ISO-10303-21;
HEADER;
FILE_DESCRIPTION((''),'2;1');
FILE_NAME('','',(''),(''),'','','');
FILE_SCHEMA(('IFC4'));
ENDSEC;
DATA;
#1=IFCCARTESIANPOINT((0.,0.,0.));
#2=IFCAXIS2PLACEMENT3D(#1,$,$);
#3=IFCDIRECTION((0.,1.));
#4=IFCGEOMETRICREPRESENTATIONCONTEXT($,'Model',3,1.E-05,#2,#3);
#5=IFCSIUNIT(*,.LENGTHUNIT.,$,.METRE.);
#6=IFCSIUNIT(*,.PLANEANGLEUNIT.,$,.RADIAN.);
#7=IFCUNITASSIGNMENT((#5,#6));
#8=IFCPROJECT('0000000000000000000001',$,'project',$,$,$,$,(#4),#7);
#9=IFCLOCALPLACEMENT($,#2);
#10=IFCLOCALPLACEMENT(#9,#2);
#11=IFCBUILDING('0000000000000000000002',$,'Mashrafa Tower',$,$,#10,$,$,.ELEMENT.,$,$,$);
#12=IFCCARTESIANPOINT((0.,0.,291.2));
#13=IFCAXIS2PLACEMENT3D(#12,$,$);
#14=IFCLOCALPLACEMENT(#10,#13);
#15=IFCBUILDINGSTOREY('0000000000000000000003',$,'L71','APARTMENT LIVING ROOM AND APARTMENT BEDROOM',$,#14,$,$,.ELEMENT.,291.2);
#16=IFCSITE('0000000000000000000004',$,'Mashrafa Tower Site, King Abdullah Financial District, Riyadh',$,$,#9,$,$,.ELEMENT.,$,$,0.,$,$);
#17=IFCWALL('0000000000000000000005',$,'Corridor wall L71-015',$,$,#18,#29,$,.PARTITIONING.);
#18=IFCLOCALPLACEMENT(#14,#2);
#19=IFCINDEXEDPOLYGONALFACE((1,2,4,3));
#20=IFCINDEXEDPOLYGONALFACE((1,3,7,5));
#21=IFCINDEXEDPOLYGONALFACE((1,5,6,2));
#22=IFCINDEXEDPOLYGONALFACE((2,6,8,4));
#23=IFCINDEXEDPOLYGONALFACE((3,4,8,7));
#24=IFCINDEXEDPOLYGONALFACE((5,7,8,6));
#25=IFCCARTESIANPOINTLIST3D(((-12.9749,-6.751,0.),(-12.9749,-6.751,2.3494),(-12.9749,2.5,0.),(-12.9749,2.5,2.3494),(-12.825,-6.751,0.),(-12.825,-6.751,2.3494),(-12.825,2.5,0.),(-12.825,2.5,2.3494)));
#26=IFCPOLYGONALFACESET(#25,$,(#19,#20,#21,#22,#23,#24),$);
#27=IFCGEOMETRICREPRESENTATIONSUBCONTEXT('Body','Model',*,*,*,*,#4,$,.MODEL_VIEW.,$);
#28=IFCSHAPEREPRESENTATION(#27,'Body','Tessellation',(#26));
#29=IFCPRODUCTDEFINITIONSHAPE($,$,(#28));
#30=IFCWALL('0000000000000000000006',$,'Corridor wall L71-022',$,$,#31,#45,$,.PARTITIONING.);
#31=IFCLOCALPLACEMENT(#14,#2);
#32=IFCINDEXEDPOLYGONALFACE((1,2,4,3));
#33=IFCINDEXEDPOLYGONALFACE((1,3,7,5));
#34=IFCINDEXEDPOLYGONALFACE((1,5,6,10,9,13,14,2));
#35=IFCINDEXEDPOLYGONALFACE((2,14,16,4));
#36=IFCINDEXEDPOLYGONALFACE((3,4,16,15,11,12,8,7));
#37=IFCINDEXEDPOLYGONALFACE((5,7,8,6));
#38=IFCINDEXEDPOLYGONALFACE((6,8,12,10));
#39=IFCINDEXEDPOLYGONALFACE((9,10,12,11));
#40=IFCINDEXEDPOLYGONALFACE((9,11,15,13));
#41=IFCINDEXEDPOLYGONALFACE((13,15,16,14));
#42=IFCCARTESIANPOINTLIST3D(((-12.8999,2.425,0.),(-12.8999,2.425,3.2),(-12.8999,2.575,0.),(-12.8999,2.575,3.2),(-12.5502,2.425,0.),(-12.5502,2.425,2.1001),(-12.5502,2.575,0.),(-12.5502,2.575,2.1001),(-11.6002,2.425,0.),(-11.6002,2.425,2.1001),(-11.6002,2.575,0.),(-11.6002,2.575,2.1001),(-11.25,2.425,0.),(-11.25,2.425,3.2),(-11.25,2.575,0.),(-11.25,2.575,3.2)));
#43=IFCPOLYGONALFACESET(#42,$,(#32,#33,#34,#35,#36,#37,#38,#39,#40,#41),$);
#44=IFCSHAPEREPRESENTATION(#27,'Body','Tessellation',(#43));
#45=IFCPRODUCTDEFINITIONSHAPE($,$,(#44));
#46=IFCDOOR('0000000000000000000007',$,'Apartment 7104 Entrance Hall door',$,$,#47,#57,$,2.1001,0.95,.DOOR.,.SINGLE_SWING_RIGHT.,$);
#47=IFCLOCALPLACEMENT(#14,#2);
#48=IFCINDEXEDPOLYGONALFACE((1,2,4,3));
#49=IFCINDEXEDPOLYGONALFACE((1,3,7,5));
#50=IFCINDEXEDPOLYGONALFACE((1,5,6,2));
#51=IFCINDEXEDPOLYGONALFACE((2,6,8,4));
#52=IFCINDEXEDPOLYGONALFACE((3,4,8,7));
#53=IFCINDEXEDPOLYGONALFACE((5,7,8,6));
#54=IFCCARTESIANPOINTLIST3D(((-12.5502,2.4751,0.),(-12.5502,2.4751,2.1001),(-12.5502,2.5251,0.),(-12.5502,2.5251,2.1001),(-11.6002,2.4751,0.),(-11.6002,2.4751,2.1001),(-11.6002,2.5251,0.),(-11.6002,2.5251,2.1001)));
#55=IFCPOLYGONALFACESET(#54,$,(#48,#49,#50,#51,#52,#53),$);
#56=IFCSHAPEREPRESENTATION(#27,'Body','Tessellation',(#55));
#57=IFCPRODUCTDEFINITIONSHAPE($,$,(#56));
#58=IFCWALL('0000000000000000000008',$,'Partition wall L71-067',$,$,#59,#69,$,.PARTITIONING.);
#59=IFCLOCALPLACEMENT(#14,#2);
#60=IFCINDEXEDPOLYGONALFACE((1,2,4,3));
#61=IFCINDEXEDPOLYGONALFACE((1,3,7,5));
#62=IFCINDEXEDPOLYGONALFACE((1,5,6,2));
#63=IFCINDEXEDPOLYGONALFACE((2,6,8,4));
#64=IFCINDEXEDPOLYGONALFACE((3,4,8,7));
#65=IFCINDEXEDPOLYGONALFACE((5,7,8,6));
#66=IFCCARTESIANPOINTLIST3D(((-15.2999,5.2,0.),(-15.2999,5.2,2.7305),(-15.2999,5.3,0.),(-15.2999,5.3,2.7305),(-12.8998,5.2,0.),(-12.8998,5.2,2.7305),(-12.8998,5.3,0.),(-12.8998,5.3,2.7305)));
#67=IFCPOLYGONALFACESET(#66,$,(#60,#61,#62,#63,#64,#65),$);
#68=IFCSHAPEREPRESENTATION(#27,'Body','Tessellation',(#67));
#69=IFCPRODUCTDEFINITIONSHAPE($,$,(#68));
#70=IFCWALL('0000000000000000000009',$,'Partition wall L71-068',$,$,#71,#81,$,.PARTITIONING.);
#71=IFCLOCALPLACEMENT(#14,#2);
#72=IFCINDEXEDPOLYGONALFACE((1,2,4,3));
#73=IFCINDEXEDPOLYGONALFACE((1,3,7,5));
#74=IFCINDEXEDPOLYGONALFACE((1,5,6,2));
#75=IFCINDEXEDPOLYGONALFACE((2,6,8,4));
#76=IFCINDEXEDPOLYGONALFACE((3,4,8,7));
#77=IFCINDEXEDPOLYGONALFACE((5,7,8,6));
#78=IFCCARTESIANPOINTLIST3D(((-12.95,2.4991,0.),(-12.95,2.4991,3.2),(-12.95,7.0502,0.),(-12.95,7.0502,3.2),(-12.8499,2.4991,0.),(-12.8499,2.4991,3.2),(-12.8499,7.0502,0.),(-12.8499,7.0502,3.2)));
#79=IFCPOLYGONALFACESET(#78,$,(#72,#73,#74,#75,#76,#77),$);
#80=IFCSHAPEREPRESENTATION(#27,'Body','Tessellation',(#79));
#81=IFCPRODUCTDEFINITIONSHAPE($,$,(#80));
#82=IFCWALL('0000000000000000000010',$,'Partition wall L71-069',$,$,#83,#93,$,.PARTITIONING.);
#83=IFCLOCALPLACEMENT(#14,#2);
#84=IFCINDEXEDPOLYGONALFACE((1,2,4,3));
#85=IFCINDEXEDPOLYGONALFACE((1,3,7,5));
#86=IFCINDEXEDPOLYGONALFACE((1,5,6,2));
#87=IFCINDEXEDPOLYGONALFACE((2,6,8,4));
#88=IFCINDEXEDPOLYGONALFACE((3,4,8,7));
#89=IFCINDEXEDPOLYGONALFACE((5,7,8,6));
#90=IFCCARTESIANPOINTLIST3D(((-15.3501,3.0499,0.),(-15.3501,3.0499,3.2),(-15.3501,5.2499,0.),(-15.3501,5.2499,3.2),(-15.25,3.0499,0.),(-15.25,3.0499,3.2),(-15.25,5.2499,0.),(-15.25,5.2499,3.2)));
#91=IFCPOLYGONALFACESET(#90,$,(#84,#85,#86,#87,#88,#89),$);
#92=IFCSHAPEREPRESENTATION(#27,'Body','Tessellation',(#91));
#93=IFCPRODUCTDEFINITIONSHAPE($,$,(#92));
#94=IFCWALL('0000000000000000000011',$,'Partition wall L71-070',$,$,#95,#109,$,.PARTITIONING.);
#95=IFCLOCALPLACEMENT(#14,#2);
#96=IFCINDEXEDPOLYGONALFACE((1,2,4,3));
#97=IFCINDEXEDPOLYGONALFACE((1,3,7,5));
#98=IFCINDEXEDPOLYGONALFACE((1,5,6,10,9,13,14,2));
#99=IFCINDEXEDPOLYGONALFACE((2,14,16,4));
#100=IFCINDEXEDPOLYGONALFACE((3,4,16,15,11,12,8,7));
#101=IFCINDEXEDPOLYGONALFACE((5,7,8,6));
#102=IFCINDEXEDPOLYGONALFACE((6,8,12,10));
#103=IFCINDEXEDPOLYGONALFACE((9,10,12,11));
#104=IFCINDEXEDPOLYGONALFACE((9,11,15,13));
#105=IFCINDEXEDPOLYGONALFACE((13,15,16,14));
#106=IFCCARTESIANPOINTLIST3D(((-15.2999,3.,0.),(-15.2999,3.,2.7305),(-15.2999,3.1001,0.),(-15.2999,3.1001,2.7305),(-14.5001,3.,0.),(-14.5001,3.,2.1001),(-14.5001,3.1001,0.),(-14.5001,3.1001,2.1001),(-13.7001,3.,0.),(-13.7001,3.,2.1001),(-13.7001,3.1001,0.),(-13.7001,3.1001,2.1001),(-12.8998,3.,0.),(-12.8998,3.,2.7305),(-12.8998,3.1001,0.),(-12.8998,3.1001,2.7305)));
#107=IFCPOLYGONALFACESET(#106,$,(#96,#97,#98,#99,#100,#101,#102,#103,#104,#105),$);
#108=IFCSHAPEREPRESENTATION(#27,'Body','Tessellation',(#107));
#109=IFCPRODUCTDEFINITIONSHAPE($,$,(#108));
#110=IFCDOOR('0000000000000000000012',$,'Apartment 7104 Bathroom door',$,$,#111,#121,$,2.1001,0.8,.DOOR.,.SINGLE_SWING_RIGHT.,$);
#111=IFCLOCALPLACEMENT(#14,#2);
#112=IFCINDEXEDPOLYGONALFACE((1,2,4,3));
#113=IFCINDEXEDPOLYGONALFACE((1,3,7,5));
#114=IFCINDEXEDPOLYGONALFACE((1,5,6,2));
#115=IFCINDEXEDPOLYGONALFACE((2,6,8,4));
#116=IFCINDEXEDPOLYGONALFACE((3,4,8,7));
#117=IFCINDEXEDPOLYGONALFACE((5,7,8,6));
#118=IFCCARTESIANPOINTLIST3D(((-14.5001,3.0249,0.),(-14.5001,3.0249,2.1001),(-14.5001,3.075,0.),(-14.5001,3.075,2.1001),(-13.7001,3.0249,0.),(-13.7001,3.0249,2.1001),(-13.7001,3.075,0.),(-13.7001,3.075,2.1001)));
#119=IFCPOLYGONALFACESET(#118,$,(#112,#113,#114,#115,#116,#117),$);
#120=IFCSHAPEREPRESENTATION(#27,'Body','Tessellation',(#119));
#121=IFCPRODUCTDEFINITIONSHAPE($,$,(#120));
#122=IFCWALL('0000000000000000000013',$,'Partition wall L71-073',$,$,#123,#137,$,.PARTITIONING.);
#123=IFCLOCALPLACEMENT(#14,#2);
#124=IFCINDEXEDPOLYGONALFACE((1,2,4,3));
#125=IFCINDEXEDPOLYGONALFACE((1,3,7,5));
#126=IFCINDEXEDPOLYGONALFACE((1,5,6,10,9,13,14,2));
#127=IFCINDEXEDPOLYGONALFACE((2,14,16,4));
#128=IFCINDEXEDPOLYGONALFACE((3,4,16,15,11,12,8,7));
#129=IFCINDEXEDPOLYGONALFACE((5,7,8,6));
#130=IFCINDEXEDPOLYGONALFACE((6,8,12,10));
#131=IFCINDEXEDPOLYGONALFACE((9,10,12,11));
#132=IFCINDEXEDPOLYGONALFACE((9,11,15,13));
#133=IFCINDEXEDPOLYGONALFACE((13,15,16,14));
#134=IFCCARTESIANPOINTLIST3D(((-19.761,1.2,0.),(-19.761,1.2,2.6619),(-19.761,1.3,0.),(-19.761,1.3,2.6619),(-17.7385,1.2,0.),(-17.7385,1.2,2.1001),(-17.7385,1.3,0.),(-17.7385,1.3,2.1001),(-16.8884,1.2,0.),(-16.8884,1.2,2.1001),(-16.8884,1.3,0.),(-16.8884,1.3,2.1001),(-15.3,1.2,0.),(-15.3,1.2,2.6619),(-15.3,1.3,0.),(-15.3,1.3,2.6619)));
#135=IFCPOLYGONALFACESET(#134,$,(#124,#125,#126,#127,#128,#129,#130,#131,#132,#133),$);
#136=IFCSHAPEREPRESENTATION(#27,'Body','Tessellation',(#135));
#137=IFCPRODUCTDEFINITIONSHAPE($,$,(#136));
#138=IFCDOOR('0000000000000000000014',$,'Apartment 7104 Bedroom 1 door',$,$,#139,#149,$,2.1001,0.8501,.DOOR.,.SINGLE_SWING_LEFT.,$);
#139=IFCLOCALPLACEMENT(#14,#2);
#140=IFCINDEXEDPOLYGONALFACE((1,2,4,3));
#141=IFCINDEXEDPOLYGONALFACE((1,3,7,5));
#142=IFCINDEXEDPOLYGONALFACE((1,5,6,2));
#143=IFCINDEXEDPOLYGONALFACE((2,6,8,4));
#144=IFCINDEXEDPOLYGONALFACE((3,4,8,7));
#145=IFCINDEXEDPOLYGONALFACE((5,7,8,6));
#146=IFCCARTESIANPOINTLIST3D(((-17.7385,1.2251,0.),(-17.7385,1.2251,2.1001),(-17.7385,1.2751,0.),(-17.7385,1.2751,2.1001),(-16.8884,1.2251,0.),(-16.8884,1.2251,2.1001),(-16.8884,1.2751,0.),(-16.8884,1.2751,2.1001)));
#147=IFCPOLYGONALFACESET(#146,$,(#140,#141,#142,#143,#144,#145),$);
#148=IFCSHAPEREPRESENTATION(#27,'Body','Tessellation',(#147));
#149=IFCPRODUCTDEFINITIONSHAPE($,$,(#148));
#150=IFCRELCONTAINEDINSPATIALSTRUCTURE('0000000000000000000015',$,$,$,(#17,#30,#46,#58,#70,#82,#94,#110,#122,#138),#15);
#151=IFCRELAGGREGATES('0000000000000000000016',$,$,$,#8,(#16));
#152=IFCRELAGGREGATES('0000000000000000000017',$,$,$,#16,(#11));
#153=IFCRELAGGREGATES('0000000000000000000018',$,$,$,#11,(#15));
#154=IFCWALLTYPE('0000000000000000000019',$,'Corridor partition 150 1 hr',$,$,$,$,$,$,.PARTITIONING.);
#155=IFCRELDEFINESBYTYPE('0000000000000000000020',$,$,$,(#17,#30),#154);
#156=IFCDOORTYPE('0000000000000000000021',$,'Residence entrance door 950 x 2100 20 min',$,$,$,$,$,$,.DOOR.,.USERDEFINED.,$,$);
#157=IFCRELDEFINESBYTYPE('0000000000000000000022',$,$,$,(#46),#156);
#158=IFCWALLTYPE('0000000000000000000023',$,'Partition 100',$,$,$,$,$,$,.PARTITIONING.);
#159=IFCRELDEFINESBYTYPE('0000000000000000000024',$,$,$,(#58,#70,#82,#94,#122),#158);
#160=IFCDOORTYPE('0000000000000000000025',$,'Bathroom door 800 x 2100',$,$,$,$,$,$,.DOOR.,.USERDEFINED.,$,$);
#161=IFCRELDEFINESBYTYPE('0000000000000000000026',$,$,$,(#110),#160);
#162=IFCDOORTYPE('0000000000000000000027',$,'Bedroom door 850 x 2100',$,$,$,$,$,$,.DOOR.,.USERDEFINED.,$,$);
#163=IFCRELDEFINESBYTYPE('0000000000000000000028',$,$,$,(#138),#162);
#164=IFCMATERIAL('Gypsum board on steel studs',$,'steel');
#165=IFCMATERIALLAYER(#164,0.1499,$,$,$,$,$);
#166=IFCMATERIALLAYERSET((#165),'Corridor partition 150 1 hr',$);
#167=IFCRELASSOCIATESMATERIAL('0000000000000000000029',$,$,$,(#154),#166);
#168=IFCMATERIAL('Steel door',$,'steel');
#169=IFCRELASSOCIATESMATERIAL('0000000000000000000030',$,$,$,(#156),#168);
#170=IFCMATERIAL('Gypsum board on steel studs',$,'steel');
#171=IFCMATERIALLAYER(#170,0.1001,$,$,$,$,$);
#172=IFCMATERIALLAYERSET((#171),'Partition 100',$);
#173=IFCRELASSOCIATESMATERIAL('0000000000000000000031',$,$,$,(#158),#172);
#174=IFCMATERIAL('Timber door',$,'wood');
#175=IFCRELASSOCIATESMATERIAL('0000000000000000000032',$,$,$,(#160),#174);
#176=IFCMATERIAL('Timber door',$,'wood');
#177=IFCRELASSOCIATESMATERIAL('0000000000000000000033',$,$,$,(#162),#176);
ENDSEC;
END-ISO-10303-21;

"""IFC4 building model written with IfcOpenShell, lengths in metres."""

from ifc_helpers import new_model, si_unit, direction, frame, frame_2d, origin, place, context, subcontext, project, spatial, rectangle, extrude, material, layer, layer_set, type_object, element, fill, save


model = new_model("IFC4")

# Units and contexts
model_context = context("Model", 3, precision=1e-05, world=origin(), true_north=direction((0.0, 1.0)))
body_context = subcontext(model_context, "Body", "Model", "MODEL_VIEW")
ifc_project = project(units=[si_unit("LENGTHUNIT", "METRE"), si_unit("PLANEANGLEUNIT", "RADIAN")], contexts=[model_context])

# Site, building, storey
site_placement = place(None, origin())
site = spatial("IfcSite", under=ifc_project, at=site_placement, Name="Mashrafa Tower Site, King Abdullah Financial District, Riyadh", CompositionType="ELEMENT", RefElevation=0.0)
building_placement = place(site_placement, origin())
building = spatial("IfcBuilding", under=site, at=building_placement, Name="Mashrafa Tower", CompositionType="ELEMENT")
storey_placement = place(building_placement, frame((0.0, 0.0, 291.2)))
storey = spatial("IfcBuildingStorey", under=building, at=storey_placement, Name="L71", Description="APARTMENT LIVING ROOM AND APARTMENT BEDROOM", CompositionType="ELEMENT", Elevation=291.2)

# Wall
ifc_material_1 = material(Name="Gypsum board on steel studs", Category="steel")
ifc_layer_1 = layer(ifc_material_1, 0.1499)
ifc_layer_set_1 = layer_set([ifc_layer_1], Name="Corridor partition 150 1 hr")
wall_type_1 = type_object("IfcWallType", Name="Corridor partition 150 1 hr", PredefinedType="PARTITIONING", material=ifc_layer_set_1)
wall_1_placement = place(storey_placement, frame((-12.8999, 2.5, 0.0), z_axis=(0.0, 0.0, 1.0), x_axis=(0.0, -1.0, 0.0)))
element("IfcWall", 1, at=wall_1_placement, inside=storey, type_object=wall_type_1, Name="Corridor wall L71-015", PredefinedType="PARTITIONING", context=body_context, shape_type="SweptSolid", body=[
    extrude(rectangle(XDim=9.251, YDim=0.1499, at=frame_2d((4.6255, 0.0))), origin(), (0.0, 0.0, 1.0), 2.3494),
])

# Wall, opening, door
wall_2_placement = place(storey_placement, frame((-11.25, 2.5, 0.0), z_axis=(0.0, 0.0, 1.0), x_axis=(-1.0, 0.0, 0.0)))
wall_2 = element("IfcWall", 2, at=wall_2_placement, inside=storey, type_object=wall_type_1, Name="Corridor wall L71-022", PredefinedType="PARTITIONING", context=body_context, shape_type="SweptSolid", body=[
    extrude(rectangle(XDim=1.6499, YDim=0.1499, at=frame_2d((0.825, 0.0))), origin(), (0.0, 0.0, 1.0), 3.2),
])
opening_1_placement = place(wall_2_placement, frame((0.3501, 0.0, 0.0)))
opening_1 = element("IfcOpeningElement", 3, at=opening_1_placement, cuts=wall_2, PredefinedType="OPENING", context=body_context, shape_type="SweptSolid", body=[
    extrude(rectangle(XDim=0.95, YDim=2.1001, at=frame_2d((0.4751, 1.05))), frame((0.0, 0.085, 0.0), z_axis=(0.0, -1.0, 0.0), x_axis=(1.0, 0.0, 0.0)), (0.0, 0.0, 1.0), 0.1699),
])
ifc_material_2 = material(Name="Steel door", Category="steel")
door_type_1 = type_object("IfcDoorType", Name="Residence entrance door 950 x 2100 20 min", OperationType="USERDEFINED", PredefinedType="DOOR", material=ifc_material_2)
door_1_placement = place(opening_1_placement, origin())
door_1 = element("IfcDoor", 4, at=door_1_placement, inside=storey, type_object=door_type_1, Name="Apartment 7104 Entrance Hall door", OperationType="SINGLE_SWING_RIGHT", OverallHeight=2.1001, OverallWidth=0.95, PredefinedType="DOOR", context=body_context, shape_type="SweptSolid", body=[
    extrude(rectangle(XDim=0.95, YDim=2.1001, at=frame_2d((0.4751, 1.05))), frame((0.0, 0.0249, 0.0), z_axis=(0.0, -1.0, 0.0), x_axis=(1.0, 0.0, 0.0)), (0.0, 0.0, 1.0), 0.05),
])
fill(opening_1, door_1)

# Walls
ifc_material_3 = material(Name="Gypsum board on steel studs", Category="steel")
ifc_layer_2 = layer(ifc_material_3, 0.1001)
ifc_layer_set_2 = layer_set([ifc_layer_2], Name="Partition 100")
wall_type_2 = type_object("IfcWallType", Name="Partition 100", PredefinedType="PARTITIONING", material=ifc_layer_set_2)
wall_3_placement = place(storey_placement, frame((-15.3, 5.25, 0.0), z_axis=(0.0, 0.0, 1.0), x_axis=(1.0, 0.0, 0.0)))
element("IfcWall", 5, at=wall_3_placement, inside=storey, type_object=wall_type_2, Name="Partition wall L71-067", PredefinedType="PARTITIONING", context=body_context, shape_type="SweptSolid", body=[
    extrude(rectangle(XDim=2.4001, YDim=0.1001, at=frame_2d((1.2002, 0.0))), origin(), (0.0, 0.0, 1.0), 2.7305),
])
wall_4_placement = place(storey_placement, frame((-12.8999, 7.05, 0.0), z_axis=(0.0, 0.0, 1.0), x_axis=(0.0, -1.0, 0.0)))
element("IfcWall", 6, at=wall_4_placement, inside=storey, type_object=wall_type_2, Name="Partition wall L71-068", PredefinedType="PARTITIONING", context=body_context, shape_type="SweptSolid", body=[
    extrude(rectangle(XDim=4.551, YDim=0.1001, at=frame_2d((2.2754, 0.0))), origin(), (0.0, 0.0, 1.0), 3.2),
])
wall_5_placement = place(storey_placement, frame((-15.3, 5.25, 0.0), z_axis=(0.0, 0.0, 1.0), x_axis=(0.0, -1.0, 0.0)))
element("IfcWall", 7, at=wall_5_placement, inside=storey, type_object=wall_type_2, Name="Partition wall L71-069", PredefinedType="PARTITIONING", context=body_context, shape_type="SweptSolid", body=[
    extrude(rectangle(XDim=2.2, YDim=0.1001, at=frame_2d((1.1001, 0.0))), origin(), (0.0, 0.0, 1.0), 3.2),
])

# Walls, openings, doors
wall_6_placement = place(storey_placement, frame((-15.3, 3.05, 0.0), z_axis=(0.0, 0.0, 1.0), x_axis=(1.0, 0.0, 0.0)))
wall_6 = element("IfcWall", 8, at=wall_6_placement, inside=storey, type_object=wall_type_2, Name="Partition wall L71-070", PredefinedType="PARTITIONING", context=body_context, shape_type="SweptSolid", body=[
    extrude(rectangle(XDim=2.4001, YDim=0.1001, at=frame_2d((1.2002, 0.0))), origin(), (0.0, 0.0, 1.0), 2.7305),
])
opening_2_placement = place(wall_6_placement, frame((0.8, 0.0, 0.0)))
opening_2 = element("IfcOpeningElement", 9, at=opening_2_placement, cuts=wall_6, PredefinedType="OPENING", context=body_context, shape_type="SweptSolid", body=[
    extrude(rectangle(XDim=0.8, YDim=2.1001, at=frame_2d((0.3999, 1.05))), frame((0.0, 0.0601, 0.0), z_axis=(0.0, -1.0, 0.0), x_axis=(1.0, 0.0, 0.0)), (0.0, 0.0, 1.0), 0.1201),
])
ifc_material_4 = material(Name="Timber door", Category="wood")
door_type_2 = type_object("IfcDoorType", Name="Bathroom door 800 x 2100", OperationType="USERDEFINED", PredefinedType="DOOR", material=ifc_material_4)
door_2_placement = place(opening_2_placement, origin())
door_2 = element("IfcDoor", 10, at=door_2_placement, inside=storey, type_object=door_type_2, Name="Apartment 7104 Bathroom door", OperationType="SINGLE_SWING_RIGHT", OverallHeight=2.1001, OverallWidth=0.8, PredefinedType="DOOR", context=body_context, shape_type="SweptSolid", body=[
    extrude(rectangle(XDim=0.8, YDim=2.1001, at=frame_2d((0.3999, 1.05))), frame((0.0, 0.0249, 0.0), z_axis=(0.0, -1.0, 0.0), x_axis=(1.0, 0.0, 0.0)), (0.0, 0.0, 1.0), 0.05),
])
fill(opening_2, door_2)
wall_7_placement = place(storey_placement, frame((-15.3, 1.25, 0.0), z_axis=(0.0, 0.0, 1.0), x_axis=(-1.0, 0.0, 0.0)))
wall_7 = element("IfcWall", 11, at=wall_7_placement, inside=storey, type_object=wall_type_2, Name="Partition wall L71-073", PredefinedType="PARTITIONING", context=body_context, shape_type="SweptSolid", body=[
    extrude(rectangle(XDim=4.4609, YDim=0.1001, at=frame_2d((2.2305, 0.0))), origin(), (0.0, 0.0, 1.0), 2.6619),
])
opening_3_placement = place(wall_7_placement, frame((1.5884, 0.0, 0.0)))
opening_3 = element("IfcOpeningElement", 12, at=opening_3_placement, cuts=wall_7, PredefinedType="OPENING", context=body_context, shape_type="SweptSolid", body=[
    extrude(rectangle(XDim=0.8501, YDim=2.1001, at=frame_2d((0.425, 1.05))), frame((0.0, 0.0601, 0.0), z_axis=(0.0, -1.0, 0.0), x_axis=(1.0, 0.0, 0.0)), (0.0, 0.0, 1.0), 0.1201),
])
ifc_material_5 = material(Name="Timber door", Category="wood")
door_type_3 = type_object("IfcDoorType", Name="Bedroom door 850 x 2100", OperationType="USERDEFINED", PredefinedType="DOOR", material=ifc_material_5)
door_3_placement = place(opening_3_placement, origin())
door_3 = element("IfcDoor", 13, at=door_3_placement, inside=storey, type_object=door_type_3, Name="Apartment 7104 Bedroom 1 door", OperationType="SINGLE_SWING_LEFT", OverallHeight=2.1001, OverallWidth=0.8501, PredefinedType="DOOR", context=body_context, shape_type="SweptSolid", body=[
    extrude(rectangle(XDim=0.8501, YDim=2.1001, at=frame_2d((0.425, 1.05))), frame((0.0, 0.0249, 0.0), z_axis=(0.0, -1.0, 0.0), x_axis=(1.0, 0.0, 0.0)), (0.0, 0.0, 1.0), 0.05),
])
fill(opening_3, door_3)

save(model, "model.ifc")
